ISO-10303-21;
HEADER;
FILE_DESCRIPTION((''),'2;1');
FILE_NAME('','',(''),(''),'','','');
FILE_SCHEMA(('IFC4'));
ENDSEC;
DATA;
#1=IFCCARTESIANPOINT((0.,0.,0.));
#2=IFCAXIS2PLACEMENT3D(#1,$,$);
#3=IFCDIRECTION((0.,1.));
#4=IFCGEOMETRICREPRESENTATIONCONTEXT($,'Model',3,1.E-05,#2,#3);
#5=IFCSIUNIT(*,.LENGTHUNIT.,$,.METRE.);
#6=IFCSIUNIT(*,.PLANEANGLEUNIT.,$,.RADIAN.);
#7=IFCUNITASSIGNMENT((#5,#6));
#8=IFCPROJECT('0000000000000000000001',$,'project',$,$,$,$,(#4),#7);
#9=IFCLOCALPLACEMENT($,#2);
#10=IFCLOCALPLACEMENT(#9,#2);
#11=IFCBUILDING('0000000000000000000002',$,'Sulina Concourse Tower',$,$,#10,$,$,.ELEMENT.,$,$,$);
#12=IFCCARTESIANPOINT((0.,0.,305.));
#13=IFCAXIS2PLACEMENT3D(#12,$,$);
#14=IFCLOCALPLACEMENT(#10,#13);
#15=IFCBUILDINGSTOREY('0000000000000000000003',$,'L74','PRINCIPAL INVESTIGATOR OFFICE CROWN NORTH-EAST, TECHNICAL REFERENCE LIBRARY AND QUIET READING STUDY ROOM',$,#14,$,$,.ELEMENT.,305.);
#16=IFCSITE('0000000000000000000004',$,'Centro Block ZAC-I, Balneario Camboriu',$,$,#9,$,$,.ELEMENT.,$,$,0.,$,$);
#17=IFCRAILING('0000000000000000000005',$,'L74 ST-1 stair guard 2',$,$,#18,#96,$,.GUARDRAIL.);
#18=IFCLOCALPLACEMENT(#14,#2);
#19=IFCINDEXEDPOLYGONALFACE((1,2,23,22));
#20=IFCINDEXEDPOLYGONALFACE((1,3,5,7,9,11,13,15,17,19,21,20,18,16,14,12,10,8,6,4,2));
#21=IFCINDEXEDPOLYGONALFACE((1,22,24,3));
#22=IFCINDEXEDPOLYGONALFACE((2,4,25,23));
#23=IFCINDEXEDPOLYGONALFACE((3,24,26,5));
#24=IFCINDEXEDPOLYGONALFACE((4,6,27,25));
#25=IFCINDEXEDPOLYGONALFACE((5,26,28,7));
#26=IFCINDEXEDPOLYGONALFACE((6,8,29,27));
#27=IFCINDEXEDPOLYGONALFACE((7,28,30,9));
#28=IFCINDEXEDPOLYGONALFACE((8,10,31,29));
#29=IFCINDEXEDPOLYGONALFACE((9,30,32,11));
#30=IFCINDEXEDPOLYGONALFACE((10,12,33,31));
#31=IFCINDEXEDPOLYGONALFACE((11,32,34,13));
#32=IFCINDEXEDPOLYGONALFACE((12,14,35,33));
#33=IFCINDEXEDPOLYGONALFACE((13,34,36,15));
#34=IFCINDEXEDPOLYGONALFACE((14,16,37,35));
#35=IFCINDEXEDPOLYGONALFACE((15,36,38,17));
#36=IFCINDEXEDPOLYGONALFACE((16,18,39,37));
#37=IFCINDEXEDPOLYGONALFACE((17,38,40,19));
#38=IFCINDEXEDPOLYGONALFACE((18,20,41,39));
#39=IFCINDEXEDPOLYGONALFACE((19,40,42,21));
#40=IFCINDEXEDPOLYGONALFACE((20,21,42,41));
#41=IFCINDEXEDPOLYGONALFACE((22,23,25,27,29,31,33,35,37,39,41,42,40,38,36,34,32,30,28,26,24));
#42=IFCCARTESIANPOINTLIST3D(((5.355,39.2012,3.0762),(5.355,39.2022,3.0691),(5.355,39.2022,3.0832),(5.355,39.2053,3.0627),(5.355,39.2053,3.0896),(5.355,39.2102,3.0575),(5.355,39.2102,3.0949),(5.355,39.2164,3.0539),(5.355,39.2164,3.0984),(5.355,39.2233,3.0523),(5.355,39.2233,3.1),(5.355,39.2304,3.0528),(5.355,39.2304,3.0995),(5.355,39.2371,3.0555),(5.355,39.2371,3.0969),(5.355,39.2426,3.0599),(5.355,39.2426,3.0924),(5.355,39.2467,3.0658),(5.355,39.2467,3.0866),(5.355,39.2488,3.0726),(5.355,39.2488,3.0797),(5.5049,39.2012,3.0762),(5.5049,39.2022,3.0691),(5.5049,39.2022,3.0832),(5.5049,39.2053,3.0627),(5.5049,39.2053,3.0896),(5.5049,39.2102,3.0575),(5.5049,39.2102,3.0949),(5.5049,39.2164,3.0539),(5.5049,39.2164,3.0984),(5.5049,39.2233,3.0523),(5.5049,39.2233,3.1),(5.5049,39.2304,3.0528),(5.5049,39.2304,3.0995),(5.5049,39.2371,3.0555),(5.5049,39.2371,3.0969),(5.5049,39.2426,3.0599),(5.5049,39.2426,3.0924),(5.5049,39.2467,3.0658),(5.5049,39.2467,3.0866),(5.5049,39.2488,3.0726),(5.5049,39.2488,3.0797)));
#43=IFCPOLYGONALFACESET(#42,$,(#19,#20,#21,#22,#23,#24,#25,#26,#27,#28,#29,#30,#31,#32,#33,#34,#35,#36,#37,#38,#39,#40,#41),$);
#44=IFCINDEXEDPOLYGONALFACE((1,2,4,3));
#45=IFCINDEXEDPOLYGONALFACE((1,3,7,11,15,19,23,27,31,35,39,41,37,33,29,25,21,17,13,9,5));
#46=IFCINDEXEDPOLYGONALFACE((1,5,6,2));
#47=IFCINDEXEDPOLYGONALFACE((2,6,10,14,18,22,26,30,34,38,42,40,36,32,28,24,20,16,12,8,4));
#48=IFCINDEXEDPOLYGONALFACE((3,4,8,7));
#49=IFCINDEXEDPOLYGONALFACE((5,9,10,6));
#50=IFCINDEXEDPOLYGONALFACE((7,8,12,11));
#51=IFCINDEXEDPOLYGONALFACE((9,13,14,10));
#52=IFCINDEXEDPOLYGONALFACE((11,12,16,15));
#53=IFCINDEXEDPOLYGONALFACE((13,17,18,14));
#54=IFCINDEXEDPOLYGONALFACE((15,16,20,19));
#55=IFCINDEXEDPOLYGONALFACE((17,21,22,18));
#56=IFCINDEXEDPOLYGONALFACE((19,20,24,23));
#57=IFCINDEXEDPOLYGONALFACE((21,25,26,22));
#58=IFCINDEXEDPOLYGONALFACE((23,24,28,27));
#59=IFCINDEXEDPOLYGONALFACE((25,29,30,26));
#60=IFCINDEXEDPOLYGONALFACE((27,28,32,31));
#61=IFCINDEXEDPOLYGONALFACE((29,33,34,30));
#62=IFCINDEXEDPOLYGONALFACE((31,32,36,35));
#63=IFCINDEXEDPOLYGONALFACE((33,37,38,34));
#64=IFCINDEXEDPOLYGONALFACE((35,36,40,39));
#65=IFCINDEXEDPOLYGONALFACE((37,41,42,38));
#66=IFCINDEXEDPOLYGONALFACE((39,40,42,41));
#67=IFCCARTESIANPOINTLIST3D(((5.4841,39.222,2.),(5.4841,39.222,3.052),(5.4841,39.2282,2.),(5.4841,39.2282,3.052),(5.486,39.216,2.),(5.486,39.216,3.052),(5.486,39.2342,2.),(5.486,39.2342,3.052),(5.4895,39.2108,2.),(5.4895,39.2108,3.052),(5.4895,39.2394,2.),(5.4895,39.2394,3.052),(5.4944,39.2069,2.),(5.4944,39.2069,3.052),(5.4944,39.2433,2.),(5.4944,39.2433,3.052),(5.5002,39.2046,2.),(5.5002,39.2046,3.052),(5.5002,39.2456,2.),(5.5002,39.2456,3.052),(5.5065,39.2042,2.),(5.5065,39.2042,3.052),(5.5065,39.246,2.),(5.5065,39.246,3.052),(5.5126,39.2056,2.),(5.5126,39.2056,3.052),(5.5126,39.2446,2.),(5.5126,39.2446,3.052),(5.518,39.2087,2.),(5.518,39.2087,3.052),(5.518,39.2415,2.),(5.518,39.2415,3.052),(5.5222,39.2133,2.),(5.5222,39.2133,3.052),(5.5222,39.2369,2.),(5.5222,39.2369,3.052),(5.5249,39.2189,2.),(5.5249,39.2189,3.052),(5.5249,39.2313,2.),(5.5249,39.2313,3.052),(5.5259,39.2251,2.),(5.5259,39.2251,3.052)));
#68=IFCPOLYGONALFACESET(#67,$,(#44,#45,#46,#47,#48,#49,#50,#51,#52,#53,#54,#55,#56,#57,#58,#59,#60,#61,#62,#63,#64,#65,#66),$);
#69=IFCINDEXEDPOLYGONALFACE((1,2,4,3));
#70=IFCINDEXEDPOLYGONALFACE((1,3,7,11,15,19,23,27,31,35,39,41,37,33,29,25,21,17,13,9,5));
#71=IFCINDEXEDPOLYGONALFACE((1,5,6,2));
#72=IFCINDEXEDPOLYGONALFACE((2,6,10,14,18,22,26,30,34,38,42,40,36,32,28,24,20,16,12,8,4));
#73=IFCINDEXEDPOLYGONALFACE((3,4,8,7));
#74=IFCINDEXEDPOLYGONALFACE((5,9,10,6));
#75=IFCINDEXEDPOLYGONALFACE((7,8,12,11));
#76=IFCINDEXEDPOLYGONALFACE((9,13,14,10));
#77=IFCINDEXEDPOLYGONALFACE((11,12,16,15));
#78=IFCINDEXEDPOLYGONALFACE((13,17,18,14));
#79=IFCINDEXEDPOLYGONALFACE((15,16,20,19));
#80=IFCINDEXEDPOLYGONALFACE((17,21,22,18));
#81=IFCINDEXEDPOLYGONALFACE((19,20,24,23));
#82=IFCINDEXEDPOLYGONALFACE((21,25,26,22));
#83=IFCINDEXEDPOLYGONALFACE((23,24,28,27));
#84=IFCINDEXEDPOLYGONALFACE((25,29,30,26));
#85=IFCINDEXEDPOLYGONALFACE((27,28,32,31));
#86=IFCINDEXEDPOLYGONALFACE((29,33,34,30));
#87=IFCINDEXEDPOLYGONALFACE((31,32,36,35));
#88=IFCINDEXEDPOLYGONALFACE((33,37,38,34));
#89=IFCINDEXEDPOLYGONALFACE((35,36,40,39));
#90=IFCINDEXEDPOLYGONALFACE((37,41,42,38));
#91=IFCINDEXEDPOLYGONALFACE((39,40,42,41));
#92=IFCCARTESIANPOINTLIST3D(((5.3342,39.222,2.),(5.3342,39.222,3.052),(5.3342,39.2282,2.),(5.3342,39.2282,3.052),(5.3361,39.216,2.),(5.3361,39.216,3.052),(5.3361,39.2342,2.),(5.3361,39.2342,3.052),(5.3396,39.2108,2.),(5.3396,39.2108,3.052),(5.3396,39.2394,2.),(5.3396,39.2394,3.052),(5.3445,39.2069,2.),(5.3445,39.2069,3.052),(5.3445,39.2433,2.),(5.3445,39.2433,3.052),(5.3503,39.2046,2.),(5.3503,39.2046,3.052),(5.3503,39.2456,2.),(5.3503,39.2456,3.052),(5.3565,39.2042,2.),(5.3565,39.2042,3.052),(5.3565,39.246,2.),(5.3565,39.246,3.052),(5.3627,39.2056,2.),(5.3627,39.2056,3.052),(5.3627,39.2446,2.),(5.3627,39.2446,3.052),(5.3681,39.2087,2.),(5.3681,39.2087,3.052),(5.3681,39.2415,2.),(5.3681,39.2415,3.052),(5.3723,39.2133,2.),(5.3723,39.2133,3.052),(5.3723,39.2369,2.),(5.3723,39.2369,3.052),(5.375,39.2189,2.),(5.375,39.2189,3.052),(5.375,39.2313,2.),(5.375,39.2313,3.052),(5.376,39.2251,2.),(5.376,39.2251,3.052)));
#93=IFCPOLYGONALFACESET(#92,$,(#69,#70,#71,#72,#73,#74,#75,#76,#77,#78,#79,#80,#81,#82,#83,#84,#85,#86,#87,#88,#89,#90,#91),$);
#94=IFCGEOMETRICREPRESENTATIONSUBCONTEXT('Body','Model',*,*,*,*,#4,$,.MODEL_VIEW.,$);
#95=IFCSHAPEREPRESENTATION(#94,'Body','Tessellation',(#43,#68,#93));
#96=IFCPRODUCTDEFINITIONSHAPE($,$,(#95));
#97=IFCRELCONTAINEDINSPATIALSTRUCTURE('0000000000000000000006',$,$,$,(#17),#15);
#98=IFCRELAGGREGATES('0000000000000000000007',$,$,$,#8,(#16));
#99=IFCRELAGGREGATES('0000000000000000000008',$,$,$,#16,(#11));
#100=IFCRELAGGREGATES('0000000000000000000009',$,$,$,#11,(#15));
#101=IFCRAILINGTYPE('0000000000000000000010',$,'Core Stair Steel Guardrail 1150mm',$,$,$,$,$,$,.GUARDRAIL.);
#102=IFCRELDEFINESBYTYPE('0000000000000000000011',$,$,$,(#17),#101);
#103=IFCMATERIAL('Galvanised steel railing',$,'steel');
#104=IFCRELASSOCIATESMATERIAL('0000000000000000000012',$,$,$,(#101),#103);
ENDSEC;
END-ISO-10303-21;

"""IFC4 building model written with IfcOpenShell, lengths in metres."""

from ifc_helpers import new_model, si_unit, direction, frame, origin, origin_2d, place, context, subcontext, project, spatial, circle, extrude, material, type_object, element, save


model = new_model("IFC4")

# Units and contexts
model_context = context("Model", 3, precision=1e-05, world=origin(), true_north=direction((0.0, 1.0)))
body_context = subcontext(model_context, "Body", "Model", "MODEL_VIEW")
ifc_project = project(units=[si_unit("LENGTHUNIT", "METRE"), si_unit("PLANEANGLEUNIT", "RADIAN")], contexts=[model_context])

# Site, building, storey
site_placement = place(None, origin())
site = spatial("IfcSite", under=ifc_project, at=site_placement, Name="Centro Block ZAC-I, Balneario Camboriu", CompositionType="ELEMENT", RefElevation=0.0)
building_placement = place(site_placement, origin())
building = spatial("IfcBuilding", under=site, at=building_placement, Name="Sulina Concourse Tower", CompositionType="ELEMENT")
storey_placement = place(building_placement, frame((0.0, 0.0, 305.0)))
storey = spatial("IfcBuildingStorey", under=building, at=storey_placement, Name="L74", Description="PRINCIPAL INVESTIGATOR OFFICE CROWN NORTH-EAST, TECHNICAL REFERENCE LIBRARY AND QUIET READING STUDY ROOM", CompositionType="ELEMENT", Elevation=305.0)

# Railing
ifc_material_1 = material(Name="Galvanised steel railing", Category="steel")
railing_type_1 = type_object("IfcRailingType", Name="Core Stair Steel Guardrail 1150mm", PredefinedType="GUARDRAIL", material=ifc_material_1)
railing_1_placement = place(storey_placement, frame((5.5049, 39.2251, 2.0)))
element("IfcRailing", 1, at=railing_1_placement, inside=storey, type_object=railing_type_1, Name="L74 ST-1 stair guard 2", PredefinedType="GUARDRAIL", context=body_context, shape_type="SweptSolid", body=[
    extrude(circle(Radius=0.0239, at=origin_2d()), frame((0.0, 0.0, 1.0762), z_axis=(-1.0, 0.0, 0.0), x_axis=(0.0, -1.0, 0.0)), (0.0, 0.0, 1.0), 0.1499),
    extrude(circle(Radius=0.021, at=origin_2d()), origin(), (0.0, 0.0, 1.0), 1.052),
    extrude(circle(Radius=0.021, at=origin_2d()), frame((-0.1499, 0.0, 0.0)), (0.0, 0.0, 1.0), 1.052),
])

save(model, "model.ifc")
